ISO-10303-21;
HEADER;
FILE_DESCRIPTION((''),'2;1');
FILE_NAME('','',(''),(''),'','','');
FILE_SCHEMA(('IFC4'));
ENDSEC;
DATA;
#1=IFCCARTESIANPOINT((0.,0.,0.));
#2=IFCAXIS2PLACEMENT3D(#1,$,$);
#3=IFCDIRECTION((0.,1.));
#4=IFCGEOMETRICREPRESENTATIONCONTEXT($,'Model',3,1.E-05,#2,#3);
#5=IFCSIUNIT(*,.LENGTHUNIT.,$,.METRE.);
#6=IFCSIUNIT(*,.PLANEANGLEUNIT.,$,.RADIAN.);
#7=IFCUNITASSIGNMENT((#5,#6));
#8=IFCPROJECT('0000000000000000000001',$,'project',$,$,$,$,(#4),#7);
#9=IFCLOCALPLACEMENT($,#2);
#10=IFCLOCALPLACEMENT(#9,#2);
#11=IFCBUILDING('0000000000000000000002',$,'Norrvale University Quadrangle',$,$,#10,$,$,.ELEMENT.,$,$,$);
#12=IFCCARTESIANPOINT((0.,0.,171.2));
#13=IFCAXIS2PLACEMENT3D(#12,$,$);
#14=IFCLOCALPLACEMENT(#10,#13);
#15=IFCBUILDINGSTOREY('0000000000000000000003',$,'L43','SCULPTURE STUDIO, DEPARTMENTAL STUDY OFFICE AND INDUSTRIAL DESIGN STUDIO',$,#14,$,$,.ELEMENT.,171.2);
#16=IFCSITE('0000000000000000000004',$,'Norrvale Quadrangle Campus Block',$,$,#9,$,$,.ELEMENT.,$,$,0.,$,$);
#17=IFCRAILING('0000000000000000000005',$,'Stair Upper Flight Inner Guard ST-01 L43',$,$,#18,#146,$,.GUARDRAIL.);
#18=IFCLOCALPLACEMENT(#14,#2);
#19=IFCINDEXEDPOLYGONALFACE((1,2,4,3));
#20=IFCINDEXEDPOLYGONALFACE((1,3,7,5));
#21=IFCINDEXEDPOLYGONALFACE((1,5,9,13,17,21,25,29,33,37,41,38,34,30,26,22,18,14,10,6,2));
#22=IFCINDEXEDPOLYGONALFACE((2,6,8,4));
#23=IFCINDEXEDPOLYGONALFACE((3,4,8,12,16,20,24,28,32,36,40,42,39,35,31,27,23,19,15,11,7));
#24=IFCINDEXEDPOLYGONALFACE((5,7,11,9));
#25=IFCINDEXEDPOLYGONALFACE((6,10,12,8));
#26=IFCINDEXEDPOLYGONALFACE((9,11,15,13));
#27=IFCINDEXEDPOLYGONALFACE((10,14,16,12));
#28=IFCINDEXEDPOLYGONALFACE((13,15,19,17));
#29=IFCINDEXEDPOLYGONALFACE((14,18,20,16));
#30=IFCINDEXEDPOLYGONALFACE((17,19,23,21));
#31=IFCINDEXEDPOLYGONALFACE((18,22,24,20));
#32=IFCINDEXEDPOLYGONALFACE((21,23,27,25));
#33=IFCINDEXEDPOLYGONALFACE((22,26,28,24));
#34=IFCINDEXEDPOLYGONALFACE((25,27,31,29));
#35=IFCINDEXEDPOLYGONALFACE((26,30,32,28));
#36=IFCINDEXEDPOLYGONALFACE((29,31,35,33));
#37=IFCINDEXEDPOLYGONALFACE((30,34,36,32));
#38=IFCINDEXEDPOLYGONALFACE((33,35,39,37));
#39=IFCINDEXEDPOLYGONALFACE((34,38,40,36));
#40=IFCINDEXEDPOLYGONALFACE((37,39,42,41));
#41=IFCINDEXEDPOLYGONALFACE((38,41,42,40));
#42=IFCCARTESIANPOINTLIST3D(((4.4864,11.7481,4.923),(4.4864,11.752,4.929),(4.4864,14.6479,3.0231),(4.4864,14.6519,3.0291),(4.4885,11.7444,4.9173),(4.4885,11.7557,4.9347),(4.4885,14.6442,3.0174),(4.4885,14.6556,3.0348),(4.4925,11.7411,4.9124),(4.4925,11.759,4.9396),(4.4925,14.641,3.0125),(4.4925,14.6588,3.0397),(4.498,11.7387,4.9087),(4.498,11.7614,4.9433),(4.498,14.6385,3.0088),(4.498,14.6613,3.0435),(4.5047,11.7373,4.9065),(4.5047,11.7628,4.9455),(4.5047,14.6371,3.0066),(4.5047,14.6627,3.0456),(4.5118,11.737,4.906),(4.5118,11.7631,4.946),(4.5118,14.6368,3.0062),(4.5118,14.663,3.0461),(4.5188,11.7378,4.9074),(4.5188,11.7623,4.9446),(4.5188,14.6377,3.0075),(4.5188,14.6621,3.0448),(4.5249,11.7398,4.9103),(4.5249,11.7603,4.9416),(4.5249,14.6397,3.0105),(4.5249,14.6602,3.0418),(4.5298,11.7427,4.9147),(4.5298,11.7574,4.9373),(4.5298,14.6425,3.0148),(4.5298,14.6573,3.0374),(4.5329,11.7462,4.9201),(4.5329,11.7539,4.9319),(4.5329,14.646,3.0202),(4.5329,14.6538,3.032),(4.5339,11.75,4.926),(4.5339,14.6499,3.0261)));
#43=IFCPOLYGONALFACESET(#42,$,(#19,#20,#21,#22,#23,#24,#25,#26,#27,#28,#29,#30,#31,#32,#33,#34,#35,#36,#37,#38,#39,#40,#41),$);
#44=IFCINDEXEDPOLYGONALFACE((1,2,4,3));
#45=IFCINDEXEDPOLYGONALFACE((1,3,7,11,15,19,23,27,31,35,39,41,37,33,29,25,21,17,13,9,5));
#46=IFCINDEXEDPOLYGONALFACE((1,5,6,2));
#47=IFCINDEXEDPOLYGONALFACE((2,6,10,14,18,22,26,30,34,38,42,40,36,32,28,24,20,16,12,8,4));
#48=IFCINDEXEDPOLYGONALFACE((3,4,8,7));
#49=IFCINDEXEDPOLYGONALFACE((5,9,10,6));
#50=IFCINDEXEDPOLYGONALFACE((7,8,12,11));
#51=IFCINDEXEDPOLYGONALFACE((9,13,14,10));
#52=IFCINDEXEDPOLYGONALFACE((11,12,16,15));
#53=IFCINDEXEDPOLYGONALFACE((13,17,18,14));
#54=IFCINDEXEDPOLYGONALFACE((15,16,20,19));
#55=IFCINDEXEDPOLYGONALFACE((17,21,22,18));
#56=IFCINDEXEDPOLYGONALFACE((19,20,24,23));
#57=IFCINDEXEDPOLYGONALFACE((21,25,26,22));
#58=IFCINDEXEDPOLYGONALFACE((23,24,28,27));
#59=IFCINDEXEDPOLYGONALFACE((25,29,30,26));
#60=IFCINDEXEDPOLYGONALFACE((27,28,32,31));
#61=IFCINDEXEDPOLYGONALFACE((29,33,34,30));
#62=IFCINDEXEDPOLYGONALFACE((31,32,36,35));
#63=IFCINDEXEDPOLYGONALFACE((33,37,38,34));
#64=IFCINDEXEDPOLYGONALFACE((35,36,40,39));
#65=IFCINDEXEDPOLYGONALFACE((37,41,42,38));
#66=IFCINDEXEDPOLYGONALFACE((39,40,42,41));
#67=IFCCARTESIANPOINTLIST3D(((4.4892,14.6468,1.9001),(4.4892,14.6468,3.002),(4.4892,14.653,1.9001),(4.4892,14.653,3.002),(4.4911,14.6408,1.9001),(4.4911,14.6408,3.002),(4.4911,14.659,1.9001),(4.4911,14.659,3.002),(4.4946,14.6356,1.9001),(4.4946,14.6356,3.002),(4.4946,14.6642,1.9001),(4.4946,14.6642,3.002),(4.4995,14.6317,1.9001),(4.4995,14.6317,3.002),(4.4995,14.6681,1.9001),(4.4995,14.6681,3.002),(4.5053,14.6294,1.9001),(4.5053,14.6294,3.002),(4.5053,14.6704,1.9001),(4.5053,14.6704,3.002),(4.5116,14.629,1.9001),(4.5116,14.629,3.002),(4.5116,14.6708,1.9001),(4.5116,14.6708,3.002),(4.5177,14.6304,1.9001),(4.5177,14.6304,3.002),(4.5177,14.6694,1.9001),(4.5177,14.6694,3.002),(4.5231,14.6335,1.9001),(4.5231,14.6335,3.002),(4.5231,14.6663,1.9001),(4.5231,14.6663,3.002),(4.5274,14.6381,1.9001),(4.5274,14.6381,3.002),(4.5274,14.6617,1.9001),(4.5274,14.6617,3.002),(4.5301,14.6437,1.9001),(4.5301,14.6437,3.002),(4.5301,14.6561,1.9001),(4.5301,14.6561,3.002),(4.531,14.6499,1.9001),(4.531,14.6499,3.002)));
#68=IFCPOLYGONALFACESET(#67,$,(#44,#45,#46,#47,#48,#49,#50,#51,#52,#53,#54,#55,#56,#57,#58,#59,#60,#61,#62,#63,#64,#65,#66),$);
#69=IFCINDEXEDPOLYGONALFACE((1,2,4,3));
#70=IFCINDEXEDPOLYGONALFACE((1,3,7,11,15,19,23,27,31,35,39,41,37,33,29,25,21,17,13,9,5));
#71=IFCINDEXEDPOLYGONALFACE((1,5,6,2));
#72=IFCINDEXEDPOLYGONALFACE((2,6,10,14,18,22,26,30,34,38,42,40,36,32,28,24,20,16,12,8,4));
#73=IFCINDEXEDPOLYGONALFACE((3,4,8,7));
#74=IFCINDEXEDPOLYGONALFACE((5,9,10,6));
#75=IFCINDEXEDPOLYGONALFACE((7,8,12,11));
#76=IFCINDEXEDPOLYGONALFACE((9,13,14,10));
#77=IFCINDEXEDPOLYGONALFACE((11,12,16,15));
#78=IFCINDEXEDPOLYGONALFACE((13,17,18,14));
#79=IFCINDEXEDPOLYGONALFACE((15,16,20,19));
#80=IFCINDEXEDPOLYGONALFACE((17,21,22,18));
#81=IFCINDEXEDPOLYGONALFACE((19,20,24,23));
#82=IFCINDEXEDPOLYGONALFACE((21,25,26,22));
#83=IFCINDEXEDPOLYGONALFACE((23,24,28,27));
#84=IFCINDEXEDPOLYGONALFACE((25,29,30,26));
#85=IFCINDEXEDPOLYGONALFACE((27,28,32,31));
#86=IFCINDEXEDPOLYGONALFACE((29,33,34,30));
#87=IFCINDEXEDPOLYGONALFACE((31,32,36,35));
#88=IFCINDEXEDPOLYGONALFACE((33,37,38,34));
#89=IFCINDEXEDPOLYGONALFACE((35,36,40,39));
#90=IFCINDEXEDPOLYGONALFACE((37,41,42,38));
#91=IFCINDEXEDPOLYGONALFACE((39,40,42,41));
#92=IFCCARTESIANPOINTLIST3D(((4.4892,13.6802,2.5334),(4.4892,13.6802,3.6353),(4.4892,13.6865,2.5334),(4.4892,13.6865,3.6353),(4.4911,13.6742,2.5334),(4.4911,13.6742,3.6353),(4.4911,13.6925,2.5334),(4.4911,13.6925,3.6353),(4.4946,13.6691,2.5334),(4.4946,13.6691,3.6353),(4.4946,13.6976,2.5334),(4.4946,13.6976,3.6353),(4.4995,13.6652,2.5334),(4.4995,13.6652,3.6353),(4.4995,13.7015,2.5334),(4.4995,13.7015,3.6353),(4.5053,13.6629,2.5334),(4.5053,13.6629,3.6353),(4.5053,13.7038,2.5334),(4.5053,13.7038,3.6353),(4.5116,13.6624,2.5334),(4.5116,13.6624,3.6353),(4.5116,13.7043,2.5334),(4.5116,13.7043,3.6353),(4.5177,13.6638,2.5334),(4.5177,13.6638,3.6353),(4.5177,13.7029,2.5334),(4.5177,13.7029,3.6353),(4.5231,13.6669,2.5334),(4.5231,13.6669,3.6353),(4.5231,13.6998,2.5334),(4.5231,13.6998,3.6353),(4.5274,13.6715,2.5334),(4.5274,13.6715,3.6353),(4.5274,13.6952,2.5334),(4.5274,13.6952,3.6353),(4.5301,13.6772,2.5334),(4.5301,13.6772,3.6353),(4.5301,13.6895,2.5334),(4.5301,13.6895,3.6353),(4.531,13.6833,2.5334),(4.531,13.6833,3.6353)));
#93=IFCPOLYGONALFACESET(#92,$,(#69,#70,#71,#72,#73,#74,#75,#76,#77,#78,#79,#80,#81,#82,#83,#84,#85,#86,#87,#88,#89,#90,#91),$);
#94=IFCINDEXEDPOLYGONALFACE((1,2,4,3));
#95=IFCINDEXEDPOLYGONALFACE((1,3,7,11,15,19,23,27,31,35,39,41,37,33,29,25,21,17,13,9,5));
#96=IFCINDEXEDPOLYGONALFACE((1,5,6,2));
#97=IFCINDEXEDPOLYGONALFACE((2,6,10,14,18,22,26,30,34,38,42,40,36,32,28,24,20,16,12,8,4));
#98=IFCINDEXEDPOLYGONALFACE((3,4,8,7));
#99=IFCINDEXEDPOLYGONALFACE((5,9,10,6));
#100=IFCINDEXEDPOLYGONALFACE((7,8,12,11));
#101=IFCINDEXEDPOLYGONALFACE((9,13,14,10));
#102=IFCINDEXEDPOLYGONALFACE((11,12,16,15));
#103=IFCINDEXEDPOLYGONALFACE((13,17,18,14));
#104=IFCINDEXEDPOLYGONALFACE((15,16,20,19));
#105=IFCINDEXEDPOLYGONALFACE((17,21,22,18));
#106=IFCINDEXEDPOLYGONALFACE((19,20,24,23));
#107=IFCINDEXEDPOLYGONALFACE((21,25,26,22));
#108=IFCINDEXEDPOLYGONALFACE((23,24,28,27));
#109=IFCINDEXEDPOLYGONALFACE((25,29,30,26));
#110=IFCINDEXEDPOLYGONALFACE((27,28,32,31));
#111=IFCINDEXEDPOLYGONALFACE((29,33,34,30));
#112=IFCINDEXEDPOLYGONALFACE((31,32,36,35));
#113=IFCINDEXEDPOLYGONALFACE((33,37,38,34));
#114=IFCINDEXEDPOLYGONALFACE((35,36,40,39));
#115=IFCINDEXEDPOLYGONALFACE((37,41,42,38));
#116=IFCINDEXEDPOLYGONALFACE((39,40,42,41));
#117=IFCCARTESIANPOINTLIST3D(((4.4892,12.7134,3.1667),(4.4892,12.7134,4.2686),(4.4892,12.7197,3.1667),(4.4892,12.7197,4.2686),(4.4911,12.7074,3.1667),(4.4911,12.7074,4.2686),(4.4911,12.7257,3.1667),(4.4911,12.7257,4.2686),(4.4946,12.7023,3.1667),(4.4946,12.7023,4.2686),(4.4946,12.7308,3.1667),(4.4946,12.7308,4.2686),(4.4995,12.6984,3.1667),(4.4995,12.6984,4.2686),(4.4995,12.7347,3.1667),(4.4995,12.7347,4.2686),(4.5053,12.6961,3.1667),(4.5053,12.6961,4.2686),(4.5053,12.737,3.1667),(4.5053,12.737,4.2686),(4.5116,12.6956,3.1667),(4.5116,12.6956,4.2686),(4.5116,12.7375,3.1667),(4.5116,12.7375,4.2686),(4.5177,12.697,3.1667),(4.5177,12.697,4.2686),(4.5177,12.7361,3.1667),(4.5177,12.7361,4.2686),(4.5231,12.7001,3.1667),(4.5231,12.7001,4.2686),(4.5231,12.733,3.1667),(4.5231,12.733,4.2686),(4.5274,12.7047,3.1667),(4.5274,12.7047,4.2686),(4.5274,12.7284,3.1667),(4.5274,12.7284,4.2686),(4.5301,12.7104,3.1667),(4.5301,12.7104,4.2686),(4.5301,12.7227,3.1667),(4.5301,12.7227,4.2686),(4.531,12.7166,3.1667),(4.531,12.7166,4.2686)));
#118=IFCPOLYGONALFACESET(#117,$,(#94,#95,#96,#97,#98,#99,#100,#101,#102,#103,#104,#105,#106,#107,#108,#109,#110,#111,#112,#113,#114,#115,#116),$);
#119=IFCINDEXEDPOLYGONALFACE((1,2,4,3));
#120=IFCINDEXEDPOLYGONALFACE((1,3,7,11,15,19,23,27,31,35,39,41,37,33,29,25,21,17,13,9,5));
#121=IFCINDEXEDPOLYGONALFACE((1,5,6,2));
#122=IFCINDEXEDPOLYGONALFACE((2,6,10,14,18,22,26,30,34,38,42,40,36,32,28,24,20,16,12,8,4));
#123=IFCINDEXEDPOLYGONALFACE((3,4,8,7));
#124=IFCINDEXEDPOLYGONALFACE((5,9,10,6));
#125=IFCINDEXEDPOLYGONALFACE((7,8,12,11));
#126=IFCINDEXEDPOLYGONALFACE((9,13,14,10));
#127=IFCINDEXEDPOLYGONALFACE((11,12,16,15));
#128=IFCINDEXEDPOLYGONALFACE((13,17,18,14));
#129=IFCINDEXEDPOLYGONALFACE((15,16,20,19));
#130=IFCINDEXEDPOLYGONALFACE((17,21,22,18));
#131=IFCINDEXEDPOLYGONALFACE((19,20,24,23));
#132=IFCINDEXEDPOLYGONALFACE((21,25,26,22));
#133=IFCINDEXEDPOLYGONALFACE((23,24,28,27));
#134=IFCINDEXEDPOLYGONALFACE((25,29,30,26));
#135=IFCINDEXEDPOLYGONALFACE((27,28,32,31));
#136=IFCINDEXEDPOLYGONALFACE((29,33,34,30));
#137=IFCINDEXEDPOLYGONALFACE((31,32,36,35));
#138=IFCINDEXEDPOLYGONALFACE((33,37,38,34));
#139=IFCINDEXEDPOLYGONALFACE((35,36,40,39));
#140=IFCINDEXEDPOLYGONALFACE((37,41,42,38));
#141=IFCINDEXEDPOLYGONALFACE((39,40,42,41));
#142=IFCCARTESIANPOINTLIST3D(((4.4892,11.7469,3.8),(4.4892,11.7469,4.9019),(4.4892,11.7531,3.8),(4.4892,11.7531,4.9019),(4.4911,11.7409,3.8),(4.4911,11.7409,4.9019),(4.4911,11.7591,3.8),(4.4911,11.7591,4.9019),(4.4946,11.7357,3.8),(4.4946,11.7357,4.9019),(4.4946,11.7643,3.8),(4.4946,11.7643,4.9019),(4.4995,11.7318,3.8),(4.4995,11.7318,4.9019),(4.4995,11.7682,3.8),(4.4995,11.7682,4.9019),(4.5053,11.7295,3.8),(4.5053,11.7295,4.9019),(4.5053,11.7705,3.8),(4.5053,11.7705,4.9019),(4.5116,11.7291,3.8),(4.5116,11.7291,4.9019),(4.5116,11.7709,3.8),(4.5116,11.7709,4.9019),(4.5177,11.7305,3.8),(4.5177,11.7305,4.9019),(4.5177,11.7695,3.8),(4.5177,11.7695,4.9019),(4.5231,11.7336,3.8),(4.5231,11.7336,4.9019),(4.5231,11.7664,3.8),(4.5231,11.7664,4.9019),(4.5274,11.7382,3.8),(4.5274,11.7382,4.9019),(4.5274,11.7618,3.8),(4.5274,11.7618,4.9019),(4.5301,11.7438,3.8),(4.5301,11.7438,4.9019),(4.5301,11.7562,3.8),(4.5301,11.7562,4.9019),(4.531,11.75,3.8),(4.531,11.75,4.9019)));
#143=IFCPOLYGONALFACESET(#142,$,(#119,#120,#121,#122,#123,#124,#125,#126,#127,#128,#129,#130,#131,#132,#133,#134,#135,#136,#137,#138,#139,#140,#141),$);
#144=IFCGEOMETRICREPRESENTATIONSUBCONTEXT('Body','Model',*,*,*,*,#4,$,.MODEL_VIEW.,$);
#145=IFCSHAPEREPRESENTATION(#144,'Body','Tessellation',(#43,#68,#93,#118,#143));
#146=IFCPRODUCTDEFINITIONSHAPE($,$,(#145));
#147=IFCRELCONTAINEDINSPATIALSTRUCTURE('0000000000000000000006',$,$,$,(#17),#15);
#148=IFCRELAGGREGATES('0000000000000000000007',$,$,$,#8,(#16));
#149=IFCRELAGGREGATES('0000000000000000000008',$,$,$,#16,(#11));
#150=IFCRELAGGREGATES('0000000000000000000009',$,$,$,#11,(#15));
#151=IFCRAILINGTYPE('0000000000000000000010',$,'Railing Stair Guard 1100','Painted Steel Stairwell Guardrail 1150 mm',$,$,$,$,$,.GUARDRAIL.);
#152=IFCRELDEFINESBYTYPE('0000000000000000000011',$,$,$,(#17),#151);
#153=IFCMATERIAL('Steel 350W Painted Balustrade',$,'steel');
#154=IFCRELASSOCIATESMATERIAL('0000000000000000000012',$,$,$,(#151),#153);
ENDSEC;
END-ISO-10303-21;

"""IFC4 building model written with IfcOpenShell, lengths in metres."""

from ifc_helpers import new_model, si_unit, direction, frame, origin, origin_2d, place, context, subcontext, project, spatial, circle, extrude, material, type_object, element, save


model = new_model("IFC4")

# Units and contexts
model_context = context("Model", 3, precision=1e-05, world=origin(), true_north=direction((0.0, 1.0)))
body_context = subcontext(model_context, "Body", "Model", "MODEL_VIEW")
ifc_project = project(units=[si_unit("LENGTHUNIT", "METRE"), si_unit("PLANEANGLEUNIT", "RADIAN")], contexts=[model_context])

# Site, building, storey
site_placement = place(None, origin())
site = spatial("IfcSite", under=ifc_project, at=site_placement, Name="Norrvale Quadrangle Campus Block", CompositionType="ELEMENT", RefElevation=0.0)
building_placement = place(site_placement, origin())
building = spatial("IfcBuilding", under=site, at=building_placement, Name="Norrvale University Quadrangle", CompositionType="ELEMENT")
storey_placement = place(building_placement, frame((0.0, 0.0, 171.2)))
storey = spatial("IfcBuildingStorey", under=building, at=storey_placement, Name="L43", Description="SCULPTURE STUDIO, DEPARTMENTAL STUDY OFFICE AND INDUSTRIAL DESIGN STUDIO", CompositionType="ELEMENT", Elevation=171.2)

# Railing
ifc_material_1 = material(Name="Steel 350W Painted Balustrade", Category="steel")
railing_type_1 = type_object("IfcRailingType", Name="Railing Stair Guard 1100", Description="Painted Steel Stairwell Guardrail 1150 mm", PredefinedType="GUARDRAIL", material=ifc_material_1)
railing_1_placement = place(storey_placement, frame((4.51, 14.6499, 1.9001)))
element("IfcRailing", 1, at=railing_1_placement, inside=storey, type_object=railing_type_1, Name="Stair Upper Flight Inner Guard ST-01 L43", PredefinedType="GUARDRAIL", context=body_context, shape_type="SweptSolid", body=[
    extrude(circle(Radius=0.0239, at=origin_2d()), frame((0.0, 0.0, 1.126), z_axis=(0.0, -0.836466, 0.548019), x_axis=(1.0, 0.0, 0.0)), (0.0, 0.0, 1.0), 3.4668),
    extrude(circle(Radius=0.021, at=origin_2d()), origin(), (0.0, 0.0, 1.0), 1.1018),
    extrude(circle(Radius=0.021, at=origin_2d()), frame((0.0, -0.9666, 0.6333)), (0.0, 0.0, 1.0), 1.1018),
    extrude(circle(Radius=0.021, at=origin_2d()), frame((0.0, -1.9333, 1.2666)), (0.0, 0.0, 1.0), 1.1018),
    extrude(circle(Radius=0.021, at=origin_2d()), frame((0.0, -2.8999, 1.8999)), (0.0, 0.0, 1.0), 1.1018),
])

save(model, "model.ifc")
